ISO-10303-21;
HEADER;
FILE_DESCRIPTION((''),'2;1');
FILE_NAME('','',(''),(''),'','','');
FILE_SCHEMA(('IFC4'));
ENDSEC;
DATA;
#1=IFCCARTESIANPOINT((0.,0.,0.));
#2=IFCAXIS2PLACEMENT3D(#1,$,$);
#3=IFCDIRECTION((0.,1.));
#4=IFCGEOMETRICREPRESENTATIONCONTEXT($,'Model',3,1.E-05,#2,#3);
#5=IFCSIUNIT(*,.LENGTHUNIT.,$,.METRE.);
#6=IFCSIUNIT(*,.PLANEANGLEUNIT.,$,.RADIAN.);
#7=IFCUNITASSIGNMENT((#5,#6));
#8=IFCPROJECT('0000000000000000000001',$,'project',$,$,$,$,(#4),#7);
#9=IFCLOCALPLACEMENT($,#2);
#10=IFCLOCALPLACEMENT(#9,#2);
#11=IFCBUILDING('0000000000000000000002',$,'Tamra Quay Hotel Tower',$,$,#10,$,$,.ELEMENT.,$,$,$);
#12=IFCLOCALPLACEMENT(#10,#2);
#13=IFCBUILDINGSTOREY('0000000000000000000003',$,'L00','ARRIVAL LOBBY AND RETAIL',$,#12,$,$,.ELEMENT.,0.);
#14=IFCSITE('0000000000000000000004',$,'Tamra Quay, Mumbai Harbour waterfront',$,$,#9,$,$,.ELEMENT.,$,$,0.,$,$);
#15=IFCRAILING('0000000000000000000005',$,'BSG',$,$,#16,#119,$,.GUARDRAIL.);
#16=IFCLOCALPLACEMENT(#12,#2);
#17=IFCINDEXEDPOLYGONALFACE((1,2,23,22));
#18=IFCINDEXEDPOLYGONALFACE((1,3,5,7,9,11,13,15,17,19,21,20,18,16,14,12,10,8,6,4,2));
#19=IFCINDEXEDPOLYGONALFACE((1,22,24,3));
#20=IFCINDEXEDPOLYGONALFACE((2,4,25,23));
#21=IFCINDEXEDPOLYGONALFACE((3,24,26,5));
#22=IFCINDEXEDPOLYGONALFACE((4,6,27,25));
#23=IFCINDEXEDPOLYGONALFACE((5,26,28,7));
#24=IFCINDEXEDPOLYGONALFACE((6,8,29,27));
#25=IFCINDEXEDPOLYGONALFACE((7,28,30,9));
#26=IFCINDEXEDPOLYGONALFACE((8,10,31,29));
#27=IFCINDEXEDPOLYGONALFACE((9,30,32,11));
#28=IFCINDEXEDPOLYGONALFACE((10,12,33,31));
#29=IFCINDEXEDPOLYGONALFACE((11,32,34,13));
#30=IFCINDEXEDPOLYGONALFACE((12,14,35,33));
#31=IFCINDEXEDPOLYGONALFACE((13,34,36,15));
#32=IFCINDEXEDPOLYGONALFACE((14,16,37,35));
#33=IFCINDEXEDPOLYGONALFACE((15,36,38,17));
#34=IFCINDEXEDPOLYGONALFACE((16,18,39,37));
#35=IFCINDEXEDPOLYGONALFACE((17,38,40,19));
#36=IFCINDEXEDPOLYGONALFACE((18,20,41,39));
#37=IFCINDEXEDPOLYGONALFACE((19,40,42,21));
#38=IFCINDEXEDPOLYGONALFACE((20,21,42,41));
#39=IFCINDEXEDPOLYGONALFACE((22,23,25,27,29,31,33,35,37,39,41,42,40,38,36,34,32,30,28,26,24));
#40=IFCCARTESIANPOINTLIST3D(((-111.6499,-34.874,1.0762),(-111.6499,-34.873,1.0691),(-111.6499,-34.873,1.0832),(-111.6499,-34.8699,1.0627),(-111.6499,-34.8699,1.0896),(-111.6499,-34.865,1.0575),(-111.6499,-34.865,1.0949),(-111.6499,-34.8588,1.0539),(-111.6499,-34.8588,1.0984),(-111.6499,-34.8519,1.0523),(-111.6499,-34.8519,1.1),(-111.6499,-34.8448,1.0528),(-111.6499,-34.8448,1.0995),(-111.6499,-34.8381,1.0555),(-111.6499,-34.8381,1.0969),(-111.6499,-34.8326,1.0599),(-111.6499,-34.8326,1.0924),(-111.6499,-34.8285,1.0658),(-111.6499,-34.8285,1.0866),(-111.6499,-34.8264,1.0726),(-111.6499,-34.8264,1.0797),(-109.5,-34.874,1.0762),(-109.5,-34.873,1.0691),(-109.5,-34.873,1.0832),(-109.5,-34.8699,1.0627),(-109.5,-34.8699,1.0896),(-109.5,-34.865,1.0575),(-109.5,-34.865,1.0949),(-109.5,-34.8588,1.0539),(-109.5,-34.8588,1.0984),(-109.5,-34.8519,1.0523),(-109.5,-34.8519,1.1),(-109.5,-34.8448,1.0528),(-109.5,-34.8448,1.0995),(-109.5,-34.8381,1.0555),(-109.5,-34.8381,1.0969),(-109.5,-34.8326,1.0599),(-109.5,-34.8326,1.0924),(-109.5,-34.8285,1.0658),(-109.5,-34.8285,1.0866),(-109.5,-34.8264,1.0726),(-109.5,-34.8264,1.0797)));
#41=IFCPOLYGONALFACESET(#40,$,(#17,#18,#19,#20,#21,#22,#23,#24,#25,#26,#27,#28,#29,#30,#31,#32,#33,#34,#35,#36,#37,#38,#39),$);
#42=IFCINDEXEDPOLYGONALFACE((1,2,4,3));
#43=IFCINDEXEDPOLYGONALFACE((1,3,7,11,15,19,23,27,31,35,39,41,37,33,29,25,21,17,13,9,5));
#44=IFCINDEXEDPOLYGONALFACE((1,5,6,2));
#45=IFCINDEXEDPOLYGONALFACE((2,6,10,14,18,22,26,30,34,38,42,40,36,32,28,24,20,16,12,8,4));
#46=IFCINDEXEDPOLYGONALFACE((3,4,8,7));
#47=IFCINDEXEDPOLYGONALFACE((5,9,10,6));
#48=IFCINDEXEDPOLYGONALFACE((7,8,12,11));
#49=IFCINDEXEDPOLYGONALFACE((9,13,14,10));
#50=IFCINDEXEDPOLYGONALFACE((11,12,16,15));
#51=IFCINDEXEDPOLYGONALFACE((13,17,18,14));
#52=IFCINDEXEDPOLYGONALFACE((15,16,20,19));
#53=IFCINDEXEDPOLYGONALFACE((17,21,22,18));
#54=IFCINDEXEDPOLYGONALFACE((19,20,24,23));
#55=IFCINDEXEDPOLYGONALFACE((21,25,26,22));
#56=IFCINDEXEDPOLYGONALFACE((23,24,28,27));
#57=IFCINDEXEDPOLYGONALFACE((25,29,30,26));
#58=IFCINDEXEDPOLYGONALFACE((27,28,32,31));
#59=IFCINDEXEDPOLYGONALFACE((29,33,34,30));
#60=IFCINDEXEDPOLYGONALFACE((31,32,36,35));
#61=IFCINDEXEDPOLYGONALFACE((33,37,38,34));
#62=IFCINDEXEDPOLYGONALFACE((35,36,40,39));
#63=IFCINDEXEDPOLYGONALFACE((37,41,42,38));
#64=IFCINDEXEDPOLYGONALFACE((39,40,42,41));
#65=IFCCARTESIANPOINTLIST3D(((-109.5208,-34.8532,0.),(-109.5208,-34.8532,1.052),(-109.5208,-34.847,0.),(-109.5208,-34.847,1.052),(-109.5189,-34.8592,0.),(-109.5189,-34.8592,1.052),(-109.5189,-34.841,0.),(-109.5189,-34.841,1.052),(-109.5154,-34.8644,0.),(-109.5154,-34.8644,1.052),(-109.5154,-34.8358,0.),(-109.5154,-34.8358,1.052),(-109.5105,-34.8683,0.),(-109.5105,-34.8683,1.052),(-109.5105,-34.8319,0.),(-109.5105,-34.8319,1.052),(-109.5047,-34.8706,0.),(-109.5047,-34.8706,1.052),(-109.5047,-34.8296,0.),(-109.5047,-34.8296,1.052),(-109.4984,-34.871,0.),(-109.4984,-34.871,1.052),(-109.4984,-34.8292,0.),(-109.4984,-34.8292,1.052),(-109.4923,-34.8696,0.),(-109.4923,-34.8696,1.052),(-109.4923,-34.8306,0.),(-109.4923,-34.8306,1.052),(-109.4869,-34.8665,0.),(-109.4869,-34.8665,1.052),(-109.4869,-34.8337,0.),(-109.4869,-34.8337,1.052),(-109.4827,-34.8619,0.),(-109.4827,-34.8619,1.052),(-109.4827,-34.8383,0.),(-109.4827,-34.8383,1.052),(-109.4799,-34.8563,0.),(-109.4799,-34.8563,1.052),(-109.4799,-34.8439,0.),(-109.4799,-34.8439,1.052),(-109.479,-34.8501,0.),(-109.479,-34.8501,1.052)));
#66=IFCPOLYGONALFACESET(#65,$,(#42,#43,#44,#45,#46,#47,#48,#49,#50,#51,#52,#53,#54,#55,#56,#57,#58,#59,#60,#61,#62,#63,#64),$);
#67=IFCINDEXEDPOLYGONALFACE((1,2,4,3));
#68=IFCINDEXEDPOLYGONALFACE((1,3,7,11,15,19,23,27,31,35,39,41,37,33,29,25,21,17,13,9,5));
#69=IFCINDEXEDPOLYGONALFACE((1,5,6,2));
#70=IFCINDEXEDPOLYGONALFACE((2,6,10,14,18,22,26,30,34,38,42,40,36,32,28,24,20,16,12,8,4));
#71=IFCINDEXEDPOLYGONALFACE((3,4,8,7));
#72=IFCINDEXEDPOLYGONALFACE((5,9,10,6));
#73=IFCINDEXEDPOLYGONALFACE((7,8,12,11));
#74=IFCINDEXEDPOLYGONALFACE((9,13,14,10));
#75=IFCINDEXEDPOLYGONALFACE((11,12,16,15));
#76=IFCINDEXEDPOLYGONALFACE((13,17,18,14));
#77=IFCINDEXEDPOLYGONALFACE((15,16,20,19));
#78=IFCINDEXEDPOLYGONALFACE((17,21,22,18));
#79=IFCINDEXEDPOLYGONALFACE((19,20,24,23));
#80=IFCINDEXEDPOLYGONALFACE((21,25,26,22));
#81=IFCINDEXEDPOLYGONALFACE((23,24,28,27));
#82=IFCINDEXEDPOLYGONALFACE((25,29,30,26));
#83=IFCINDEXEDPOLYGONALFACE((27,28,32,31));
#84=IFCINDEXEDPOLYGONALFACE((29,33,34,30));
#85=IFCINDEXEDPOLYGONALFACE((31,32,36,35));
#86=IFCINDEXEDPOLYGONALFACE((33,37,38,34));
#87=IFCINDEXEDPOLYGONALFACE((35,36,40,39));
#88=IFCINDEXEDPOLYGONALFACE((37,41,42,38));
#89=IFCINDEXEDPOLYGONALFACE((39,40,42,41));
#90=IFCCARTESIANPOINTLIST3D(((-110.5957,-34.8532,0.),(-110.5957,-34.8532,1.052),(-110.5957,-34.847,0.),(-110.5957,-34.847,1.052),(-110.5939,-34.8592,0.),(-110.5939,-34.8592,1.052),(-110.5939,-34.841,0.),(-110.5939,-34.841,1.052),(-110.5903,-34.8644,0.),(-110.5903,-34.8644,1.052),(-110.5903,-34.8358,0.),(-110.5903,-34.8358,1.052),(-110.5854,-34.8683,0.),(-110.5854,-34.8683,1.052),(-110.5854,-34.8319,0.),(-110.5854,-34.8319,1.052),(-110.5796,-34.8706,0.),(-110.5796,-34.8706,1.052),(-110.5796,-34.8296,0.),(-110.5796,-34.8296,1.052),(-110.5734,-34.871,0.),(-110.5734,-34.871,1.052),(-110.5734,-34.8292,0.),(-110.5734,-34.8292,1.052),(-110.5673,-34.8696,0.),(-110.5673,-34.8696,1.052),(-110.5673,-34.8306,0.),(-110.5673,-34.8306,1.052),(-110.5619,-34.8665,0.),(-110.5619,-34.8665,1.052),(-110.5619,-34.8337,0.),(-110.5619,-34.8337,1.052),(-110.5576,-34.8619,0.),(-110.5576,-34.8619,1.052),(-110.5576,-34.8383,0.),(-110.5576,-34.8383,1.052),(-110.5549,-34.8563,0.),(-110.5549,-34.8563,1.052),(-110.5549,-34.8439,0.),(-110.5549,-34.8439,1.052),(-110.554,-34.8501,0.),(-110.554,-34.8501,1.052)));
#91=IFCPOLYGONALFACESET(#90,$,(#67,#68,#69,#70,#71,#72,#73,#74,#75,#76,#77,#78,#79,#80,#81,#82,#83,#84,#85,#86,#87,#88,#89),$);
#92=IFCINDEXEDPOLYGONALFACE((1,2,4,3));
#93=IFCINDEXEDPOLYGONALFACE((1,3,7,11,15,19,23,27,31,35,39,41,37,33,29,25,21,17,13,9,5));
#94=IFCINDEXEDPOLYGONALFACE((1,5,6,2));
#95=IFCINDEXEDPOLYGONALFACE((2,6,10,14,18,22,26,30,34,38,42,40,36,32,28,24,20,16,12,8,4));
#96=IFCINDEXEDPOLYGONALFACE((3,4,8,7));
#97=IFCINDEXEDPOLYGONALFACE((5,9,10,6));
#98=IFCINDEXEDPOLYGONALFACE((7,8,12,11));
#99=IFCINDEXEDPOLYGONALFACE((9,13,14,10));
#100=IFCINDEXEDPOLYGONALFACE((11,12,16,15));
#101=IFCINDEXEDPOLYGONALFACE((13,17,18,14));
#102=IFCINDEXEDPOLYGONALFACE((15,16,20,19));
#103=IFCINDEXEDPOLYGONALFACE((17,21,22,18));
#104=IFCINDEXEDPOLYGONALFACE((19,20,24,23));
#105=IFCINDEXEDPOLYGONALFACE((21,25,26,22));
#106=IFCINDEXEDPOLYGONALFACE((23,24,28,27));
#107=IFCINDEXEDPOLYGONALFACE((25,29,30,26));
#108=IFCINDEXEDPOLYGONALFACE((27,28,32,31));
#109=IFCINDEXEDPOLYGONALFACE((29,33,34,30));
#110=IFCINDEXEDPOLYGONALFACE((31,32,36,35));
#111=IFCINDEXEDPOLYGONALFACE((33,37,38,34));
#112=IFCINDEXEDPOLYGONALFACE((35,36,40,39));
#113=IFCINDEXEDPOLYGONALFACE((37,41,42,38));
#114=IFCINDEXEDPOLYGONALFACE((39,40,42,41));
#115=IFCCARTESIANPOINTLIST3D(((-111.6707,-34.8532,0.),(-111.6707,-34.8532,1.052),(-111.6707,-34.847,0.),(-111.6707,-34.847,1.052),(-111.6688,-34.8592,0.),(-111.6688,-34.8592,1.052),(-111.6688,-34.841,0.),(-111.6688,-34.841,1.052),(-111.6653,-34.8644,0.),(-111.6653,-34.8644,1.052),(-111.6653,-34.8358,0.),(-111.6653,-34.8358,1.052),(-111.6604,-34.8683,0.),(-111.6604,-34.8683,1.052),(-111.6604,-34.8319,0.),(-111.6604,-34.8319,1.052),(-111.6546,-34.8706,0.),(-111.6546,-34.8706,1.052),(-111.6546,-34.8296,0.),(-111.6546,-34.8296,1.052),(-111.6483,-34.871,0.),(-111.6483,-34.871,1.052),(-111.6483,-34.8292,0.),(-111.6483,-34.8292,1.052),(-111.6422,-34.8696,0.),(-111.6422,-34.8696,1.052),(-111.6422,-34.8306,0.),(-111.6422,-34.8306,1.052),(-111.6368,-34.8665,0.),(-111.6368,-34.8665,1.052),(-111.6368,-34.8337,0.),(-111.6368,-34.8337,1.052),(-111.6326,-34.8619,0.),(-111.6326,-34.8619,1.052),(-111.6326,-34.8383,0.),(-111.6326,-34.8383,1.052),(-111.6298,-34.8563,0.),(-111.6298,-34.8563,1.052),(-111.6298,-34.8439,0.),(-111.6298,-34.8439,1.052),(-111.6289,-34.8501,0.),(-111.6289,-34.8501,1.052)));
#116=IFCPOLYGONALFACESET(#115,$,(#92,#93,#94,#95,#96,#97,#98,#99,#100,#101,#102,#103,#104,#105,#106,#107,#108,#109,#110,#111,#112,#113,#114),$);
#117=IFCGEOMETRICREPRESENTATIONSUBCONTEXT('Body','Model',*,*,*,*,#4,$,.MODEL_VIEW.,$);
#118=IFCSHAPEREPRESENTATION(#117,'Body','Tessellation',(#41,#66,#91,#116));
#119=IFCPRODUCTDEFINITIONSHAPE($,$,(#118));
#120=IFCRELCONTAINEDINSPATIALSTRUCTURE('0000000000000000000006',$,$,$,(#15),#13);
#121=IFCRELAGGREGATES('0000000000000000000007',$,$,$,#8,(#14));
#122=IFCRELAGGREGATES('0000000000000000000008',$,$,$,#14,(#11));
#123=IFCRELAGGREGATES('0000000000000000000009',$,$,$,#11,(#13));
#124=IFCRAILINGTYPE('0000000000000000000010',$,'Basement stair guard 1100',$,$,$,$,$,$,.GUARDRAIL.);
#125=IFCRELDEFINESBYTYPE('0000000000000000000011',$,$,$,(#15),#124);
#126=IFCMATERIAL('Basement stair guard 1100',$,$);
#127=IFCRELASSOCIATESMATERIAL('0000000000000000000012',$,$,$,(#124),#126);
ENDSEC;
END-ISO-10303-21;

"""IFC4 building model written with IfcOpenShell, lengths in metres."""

from ifc_helpers import new_model, si_unit, direction, frame, origin, origin_2d, place, context, subcontext, project, spatial, circle, extrude, material, type_object, element, save


model = new_model("IFC4")

# Units and contexts
model_context = context("Model", 3, precision=1e-05, world=origin(), true_north=direction((0.0, 1.0)))
body_context = subcontext(model_context, "Body", "Model", "MODEL_VIEW")
ifc_project = project(units=[si_unit("LENGTHUNIT", "METRE"), si_unit("PLANEANGLEUNIT", "RADIAN")], contexts=[model_context])

# Site, building, storey
site_placement = place(None, origin())
site = spatial("IfcSite", under=ifc_project, at=site_placement, Name="Tamra Quay, Mumbai Harbour waterfront", CompositionType="ELEMENT", RefElevation=0.0)
building_placement = place(site_placement, origin())
building = spatial("IfcBuilding", under=site, at=building_placement, Name="Tamra Quay Hotel Tower", CompositionType="ELEMENT")
storey_placement = place(building_placement, origin())
storey = spatial("IfcBuildingStorey", under=building, at=storey_placement, Name="L00", Description="ARRIVAL LOBBY AND RETAIL", CompositionType="ELEMENT", Elevation=0.0)

# Railing
ifc_material_1 = material(Name="Basement stair guard 1100")
railing_type = type_object("IfcRailingType", Name="Basement stair guard 1100", PredefinedType="GUARDRAIL", material=ifc_material_1)
railing_1_placement = place(storey_placement, frame((-109.5, -34.8501, 0.0)))
element("IfcRailing", 1, at=railing_1_placement, inside=storey, type_object=railing_type, Name="BSG", PredefinedType="GUARDRAIL", context=body_context, shape_type="SweptSolid", body=[
    extrude(circle(Radius=0.0239, at=origin_2d()), frame((0.0, 0.0, 1.0762), z_axis=(-1.0, 0.0, 0.0), x_axis=(0.0, -1.0, 0.0)), (0.0, 0.0, 1.0), 2.1499),
    extrude(circle(Radius=0.021, at=origin_2d()), origin(), (0.0, 0.0, 1.0), 1.052),
    extrude(circle(Radius=0.021, at=origin_2d()), frame((-1.075, 0.0, 0.0)), (0.0, 0.0, 1.0), 1.052),
    extrude(circle(Radius=0.021, at=origin_2d()), frame((-2.1499, 0.0, 0.0)), (0.0, 0.0, 1.0), 1.052),
])

save(model, "model.ifc")
